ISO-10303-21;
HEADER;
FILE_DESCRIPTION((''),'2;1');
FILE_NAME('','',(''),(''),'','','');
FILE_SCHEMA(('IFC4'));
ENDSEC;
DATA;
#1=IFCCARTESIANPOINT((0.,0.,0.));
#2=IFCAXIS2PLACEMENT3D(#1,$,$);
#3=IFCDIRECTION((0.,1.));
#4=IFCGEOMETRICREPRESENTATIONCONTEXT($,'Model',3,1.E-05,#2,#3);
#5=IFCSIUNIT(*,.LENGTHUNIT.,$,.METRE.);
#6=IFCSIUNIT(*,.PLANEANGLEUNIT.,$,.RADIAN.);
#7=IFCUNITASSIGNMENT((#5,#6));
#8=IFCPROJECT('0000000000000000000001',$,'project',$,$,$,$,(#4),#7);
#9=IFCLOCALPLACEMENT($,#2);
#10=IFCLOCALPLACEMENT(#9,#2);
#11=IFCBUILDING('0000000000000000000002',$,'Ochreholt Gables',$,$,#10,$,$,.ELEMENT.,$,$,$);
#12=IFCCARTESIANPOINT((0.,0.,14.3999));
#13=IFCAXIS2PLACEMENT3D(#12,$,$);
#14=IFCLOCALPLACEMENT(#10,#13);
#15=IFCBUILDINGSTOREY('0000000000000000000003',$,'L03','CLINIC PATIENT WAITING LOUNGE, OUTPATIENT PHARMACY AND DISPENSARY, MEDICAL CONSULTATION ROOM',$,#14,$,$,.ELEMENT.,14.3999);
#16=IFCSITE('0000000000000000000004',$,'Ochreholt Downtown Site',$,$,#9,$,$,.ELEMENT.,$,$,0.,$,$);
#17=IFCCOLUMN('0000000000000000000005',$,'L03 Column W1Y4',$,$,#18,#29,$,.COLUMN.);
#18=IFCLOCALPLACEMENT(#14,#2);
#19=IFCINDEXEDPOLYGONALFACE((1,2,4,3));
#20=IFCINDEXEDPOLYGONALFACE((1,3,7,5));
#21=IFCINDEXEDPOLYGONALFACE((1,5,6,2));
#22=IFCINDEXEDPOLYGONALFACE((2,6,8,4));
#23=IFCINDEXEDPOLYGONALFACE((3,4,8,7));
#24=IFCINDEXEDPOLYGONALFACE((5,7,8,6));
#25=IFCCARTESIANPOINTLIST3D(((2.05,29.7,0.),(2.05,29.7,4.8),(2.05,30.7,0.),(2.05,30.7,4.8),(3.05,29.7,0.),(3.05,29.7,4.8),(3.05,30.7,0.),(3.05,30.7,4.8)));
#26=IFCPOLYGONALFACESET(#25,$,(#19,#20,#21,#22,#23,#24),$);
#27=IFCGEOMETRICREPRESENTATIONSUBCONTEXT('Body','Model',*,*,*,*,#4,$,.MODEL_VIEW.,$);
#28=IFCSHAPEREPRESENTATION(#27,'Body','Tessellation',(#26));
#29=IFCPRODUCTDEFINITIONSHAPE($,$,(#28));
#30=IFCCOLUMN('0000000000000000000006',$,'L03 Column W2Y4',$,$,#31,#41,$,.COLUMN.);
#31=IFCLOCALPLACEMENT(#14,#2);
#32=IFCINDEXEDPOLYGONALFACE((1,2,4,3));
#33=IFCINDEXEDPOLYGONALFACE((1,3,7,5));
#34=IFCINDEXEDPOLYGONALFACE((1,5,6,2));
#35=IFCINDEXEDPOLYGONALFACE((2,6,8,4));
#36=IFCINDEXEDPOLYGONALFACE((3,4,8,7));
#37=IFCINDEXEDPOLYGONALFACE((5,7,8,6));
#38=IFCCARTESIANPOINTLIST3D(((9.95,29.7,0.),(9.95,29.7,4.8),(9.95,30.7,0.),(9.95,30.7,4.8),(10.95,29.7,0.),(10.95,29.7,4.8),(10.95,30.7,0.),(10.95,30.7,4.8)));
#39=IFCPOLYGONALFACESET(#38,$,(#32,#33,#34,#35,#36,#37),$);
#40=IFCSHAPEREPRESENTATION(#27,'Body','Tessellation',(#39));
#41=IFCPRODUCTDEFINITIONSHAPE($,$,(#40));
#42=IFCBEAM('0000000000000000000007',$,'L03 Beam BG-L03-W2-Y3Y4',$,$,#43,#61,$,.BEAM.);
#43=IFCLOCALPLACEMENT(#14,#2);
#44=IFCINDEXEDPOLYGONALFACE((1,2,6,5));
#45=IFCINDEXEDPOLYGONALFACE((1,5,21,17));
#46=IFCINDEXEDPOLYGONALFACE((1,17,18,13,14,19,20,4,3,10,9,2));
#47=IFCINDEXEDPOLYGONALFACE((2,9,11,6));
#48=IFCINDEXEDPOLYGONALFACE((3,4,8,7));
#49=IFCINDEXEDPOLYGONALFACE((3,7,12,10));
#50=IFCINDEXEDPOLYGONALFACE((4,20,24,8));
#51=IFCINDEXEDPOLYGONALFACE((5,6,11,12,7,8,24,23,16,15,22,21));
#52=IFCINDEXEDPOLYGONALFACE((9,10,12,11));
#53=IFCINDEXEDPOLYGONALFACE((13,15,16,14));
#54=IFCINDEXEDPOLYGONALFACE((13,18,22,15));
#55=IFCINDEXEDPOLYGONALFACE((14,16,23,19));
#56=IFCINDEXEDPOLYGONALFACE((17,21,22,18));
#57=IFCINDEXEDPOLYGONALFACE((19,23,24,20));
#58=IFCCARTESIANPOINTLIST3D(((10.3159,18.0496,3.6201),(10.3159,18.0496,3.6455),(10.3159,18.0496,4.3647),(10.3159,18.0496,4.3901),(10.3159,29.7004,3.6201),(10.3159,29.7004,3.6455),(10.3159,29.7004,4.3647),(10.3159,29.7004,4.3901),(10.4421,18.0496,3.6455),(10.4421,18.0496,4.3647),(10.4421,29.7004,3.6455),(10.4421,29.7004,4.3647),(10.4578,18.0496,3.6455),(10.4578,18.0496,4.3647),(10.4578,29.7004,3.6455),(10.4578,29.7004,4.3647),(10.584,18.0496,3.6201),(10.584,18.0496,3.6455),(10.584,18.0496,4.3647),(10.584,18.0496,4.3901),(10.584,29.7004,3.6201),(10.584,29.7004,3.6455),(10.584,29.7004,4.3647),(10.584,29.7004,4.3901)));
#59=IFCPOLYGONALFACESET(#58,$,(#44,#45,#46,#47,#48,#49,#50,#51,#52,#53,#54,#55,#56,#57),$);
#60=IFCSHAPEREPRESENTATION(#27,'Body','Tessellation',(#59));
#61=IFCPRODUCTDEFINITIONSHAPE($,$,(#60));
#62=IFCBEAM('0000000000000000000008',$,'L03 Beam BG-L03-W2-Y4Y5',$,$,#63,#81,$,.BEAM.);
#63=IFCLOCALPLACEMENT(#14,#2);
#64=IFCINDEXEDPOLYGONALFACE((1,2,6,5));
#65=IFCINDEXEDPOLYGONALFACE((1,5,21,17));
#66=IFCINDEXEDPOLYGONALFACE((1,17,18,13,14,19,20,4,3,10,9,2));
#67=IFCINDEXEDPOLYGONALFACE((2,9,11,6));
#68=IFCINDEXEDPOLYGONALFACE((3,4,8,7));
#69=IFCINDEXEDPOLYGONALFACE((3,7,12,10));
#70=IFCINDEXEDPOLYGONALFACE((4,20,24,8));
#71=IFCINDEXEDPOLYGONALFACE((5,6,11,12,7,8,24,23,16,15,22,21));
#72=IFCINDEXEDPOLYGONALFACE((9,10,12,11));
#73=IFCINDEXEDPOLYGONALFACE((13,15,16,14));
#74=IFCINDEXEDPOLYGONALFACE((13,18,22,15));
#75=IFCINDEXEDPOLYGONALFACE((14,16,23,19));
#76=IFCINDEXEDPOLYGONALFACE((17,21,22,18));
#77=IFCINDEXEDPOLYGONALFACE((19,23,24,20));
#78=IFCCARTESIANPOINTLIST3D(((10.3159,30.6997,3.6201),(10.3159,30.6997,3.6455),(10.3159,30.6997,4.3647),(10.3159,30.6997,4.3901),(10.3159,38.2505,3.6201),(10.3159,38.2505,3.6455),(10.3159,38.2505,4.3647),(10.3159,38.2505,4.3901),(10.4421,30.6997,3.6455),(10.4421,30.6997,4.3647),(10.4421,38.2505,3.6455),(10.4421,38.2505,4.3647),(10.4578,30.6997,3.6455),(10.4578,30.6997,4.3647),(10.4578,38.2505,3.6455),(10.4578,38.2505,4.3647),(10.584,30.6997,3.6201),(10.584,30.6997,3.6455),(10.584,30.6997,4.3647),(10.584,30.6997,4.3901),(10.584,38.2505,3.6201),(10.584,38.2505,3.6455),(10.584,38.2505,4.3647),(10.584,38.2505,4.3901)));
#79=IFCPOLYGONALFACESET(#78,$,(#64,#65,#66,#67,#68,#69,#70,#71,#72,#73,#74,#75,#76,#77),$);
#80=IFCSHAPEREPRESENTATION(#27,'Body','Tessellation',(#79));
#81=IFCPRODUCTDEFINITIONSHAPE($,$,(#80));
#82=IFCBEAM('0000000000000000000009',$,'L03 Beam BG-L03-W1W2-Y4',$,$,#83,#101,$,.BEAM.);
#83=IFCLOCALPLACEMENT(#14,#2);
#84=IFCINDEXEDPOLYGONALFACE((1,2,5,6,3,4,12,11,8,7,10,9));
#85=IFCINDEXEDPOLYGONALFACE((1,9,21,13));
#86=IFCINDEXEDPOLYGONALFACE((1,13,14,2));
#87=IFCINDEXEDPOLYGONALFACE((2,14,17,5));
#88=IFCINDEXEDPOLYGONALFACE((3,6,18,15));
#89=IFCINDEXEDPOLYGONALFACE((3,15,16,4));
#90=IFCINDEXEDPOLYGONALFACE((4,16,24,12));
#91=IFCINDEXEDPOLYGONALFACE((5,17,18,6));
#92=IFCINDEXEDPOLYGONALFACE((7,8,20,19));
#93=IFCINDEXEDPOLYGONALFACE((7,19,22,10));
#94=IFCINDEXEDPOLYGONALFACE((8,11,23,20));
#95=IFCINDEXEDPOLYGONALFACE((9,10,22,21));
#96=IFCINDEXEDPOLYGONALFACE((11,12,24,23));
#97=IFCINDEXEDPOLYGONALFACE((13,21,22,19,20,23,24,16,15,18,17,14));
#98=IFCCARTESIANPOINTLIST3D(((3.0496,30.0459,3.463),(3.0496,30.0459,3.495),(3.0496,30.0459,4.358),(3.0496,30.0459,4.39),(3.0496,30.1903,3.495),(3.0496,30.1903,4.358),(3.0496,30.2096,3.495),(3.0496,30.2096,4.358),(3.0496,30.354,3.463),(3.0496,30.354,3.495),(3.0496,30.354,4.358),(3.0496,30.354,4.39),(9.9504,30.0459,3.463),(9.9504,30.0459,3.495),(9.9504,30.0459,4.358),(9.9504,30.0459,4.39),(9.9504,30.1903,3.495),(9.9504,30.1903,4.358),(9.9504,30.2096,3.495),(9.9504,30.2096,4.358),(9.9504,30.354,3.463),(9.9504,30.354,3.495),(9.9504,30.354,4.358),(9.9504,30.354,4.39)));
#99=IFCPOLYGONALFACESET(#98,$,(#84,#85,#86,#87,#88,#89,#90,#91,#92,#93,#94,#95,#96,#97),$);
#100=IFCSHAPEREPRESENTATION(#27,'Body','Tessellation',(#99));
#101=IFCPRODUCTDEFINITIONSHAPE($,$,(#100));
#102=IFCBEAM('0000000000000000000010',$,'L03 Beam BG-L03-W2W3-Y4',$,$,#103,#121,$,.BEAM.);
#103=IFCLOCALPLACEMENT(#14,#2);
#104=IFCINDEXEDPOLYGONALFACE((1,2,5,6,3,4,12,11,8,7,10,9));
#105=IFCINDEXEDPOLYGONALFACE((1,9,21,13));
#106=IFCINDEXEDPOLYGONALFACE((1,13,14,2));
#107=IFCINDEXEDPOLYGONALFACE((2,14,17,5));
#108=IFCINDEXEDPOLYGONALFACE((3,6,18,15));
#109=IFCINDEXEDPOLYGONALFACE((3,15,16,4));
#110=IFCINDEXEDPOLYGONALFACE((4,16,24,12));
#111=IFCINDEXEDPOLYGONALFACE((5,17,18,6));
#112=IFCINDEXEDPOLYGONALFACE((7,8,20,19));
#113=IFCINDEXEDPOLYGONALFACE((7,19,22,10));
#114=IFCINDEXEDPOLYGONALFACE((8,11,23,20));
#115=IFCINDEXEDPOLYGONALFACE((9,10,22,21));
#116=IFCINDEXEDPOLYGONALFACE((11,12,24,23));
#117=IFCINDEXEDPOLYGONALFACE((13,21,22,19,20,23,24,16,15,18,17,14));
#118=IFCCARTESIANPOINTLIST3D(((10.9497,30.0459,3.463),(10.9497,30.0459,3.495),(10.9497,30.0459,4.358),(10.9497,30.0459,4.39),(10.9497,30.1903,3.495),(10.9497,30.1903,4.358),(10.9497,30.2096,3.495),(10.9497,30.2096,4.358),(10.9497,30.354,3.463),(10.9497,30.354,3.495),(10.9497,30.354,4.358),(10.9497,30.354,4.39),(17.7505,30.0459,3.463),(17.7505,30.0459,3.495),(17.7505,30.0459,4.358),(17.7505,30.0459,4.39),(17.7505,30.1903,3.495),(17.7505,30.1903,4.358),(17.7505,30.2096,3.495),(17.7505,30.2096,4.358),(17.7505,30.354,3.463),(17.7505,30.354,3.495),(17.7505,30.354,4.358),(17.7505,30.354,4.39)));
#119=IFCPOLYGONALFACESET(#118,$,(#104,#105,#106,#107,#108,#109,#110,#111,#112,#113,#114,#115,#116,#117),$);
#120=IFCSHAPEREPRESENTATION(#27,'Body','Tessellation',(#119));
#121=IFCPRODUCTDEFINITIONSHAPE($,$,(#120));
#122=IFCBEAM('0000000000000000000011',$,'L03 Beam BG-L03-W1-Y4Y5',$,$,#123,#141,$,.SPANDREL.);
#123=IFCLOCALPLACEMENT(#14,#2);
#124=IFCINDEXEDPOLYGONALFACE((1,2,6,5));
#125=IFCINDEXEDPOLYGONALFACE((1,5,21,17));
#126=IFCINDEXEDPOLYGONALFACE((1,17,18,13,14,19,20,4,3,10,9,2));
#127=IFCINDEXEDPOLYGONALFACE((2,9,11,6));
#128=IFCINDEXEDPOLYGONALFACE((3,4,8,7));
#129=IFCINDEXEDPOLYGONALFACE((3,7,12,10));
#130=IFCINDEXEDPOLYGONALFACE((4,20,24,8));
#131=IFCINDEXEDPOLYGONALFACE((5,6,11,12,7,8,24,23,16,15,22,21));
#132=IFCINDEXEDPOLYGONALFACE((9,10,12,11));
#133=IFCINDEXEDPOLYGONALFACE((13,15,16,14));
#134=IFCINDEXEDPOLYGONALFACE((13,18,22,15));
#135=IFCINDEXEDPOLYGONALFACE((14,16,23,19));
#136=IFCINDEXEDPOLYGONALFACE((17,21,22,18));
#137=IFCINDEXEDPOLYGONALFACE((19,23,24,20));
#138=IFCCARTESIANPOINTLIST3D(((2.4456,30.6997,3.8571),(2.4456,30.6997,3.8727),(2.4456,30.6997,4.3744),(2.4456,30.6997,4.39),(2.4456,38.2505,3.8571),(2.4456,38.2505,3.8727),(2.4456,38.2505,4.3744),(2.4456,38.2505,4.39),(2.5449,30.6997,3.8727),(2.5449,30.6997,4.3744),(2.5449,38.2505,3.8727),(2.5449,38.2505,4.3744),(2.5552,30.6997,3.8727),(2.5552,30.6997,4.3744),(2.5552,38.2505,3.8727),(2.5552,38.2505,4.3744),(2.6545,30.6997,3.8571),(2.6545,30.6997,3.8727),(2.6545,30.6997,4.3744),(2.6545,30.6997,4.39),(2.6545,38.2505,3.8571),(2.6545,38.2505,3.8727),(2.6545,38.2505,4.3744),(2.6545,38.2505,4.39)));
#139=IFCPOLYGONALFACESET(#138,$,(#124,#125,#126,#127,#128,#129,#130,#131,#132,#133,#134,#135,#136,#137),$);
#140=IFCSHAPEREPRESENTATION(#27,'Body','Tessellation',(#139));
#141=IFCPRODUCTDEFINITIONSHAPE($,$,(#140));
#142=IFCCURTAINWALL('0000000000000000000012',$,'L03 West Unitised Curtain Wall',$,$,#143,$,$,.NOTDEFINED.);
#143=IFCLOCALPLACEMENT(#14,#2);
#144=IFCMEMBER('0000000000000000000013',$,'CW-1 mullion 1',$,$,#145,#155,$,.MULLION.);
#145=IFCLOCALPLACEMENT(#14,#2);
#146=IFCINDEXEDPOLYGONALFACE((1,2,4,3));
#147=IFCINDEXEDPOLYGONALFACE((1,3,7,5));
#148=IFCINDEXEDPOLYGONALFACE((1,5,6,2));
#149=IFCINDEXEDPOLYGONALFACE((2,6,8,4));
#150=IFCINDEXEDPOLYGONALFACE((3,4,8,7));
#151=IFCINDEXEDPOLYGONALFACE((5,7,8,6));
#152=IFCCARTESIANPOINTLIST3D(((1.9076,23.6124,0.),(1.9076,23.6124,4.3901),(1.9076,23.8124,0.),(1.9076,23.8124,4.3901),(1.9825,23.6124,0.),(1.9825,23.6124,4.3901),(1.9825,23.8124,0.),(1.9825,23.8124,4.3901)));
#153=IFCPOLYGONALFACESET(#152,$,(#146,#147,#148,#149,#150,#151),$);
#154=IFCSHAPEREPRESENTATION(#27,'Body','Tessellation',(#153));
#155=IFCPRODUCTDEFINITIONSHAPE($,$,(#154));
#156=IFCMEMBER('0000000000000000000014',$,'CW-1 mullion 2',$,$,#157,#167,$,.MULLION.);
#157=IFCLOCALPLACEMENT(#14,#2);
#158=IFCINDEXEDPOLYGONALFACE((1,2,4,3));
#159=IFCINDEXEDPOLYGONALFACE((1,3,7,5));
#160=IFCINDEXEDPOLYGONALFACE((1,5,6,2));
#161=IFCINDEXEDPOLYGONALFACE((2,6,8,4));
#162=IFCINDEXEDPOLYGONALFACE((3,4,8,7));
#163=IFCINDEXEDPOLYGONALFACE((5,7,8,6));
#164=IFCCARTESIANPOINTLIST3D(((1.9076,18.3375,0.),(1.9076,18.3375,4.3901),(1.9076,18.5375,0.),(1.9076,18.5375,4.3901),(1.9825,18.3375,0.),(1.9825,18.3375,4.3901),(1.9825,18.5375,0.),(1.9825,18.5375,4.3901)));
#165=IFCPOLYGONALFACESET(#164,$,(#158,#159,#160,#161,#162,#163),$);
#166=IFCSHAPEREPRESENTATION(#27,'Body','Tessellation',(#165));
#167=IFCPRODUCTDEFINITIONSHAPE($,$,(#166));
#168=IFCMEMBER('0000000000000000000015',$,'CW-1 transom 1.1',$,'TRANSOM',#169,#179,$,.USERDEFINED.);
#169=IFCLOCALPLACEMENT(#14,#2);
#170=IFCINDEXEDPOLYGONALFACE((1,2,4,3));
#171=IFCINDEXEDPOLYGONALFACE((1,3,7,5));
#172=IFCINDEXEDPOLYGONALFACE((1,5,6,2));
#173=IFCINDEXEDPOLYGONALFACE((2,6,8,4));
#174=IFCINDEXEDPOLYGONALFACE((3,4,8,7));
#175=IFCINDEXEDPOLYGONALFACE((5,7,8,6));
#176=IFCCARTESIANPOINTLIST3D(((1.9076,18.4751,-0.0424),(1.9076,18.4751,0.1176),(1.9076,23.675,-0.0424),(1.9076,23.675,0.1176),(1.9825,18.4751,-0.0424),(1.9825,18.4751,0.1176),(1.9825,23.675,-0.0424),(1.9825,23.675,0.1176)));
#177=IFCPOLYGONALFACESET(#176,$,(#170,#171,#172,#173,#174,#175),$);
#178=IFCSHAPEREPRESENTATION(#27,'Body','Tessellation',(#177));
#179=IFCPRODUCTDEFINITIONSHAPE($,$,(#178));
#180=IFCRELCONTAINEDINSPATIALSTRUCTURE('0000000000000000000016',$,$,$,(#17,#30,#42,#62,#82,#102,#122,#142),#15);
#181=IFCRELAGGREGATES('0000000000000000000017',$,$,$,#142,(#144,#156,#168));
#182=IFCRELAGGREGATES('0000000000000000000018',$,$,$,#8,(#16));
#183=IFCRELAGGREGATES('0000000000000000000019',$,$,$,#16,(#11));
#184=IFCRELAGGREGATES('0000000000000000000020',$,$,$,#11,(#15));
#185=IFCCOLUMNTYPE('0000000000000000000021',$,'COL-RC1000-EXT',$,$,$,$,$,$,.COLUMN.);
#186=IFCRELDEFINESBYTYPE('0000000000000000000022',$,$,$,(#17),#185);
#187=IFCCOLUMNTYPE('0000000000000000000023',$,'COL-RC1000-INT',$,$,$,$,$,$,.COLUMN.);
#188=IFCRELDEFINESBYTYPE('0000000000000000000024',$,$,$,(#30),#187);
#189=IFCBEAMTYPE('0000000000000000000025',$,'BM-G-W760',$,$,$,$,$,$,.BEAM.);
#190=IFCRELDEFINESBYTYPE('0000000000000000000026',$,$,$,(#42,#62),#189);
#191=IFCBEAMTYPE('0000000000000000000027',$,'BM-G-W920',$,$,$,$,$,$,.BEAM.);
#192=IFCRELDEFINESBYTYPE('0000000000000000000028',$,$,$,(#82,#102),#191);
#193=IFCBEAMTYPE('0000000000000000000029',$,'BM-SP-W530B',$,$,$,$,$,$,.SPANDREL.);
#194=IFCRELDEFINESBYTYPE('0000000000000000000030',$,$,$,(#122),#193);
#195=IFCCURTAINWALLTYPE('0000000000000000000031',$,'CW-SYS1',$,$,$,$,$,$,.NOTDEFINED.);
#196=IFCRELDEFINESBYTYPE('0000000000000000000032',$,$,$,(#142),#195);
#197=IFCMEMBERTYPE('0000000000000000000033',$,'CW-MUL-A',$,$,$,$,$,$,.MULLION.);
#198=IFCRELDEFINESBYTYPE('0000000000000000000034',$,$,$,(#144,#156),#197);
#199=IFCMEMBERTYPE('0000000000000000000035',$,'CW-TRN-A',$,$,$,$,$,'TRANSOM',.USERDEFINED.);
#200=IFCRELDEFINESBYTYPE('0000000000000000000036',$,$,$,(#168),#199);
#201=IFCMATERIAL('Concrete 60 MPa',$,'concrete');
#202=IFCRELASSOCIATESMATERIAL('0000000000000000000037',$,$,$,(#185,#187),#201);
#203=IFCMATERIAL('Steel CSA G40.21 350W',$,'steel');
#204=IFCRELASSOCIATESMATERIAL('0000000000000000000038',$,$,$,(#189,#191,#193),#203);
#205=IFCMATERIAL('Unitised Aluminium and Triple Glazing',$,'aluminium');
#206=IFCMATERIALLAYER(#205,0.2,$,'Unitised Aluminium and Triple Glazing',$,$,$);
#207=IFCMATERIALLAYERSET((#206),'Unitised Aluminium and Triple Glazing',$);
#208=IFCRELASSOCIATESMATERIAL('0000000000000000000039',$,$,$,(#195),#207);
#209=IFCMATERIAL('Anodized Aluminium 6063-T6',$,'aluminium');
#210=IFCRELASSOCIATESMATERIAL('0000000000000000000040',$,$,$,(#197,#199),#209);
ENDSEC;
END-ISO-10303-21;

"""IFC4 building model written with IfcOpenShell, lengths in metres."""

from ifc_helpers import new_model, si_unit, direction, frame, origin, origin_2d, place, context, subcontext, project, spatial, rectangle, i_section, extrude, material, layer, layer_set, material_profile, profile_set, type_object, element, aggregate, save


model = new_model("IFC4")

# Units and contexts
model_context = context("Model", 3, precision=1e-05, world=origin(), true_north=direction((0.0, 1.0)))
body_context = subcontext(model_context, "Body", "Model", "MODEL_VIEW")
ifc_project = project(units=[si_unit("LENGTHUNIT", "METRE"), si_unit("PLANEANGLEUNIT", "RADIAN")], contexts=[model_context])

# Site, building, storey
site_placement = place(None, origin())
site = spatial("IfcSite", under=ifc_project, at=site_placement, Name="Ochreholt Downtown Site", CompositionType="ELEMENT", RefElevation=0.0)
building_placement = place(site_placement, origin())
building = spatial("IfcBuilding", under=site, at=building_placement, Name="Ochreholt Gables", CompositionType="ELEMENT")
storey_placement = place(building_placement, frame((0.0, 0.0, 14.3999)))
storey = spatial("IfcBuildingStorey", under=building, at=storey_placement, Name="L03", Description="CLINIC PATIENT WAITING LOUNGE, OUTPATIENT PHARMACY AND DISPENSARY, MEDICAL CONSULTATION ROOM", CompositionType="ELEMENT", Elevation=14.3999)

# Columns
ifc_material_1 = material(Name="Concrete 60 MPa", Category="concrete")
ifc_material_profile_1 = material_profile(ifc_material_1, rectangle(XDim=1.0, YDim=1.0, at=origin_2d()), Name="RC1000X1000")
ifc_profile_set_1 = profile_set([ifc_material_profile_1], Name="Concrete 60 MPa")
column_type_1 = type_object("IfcColumnType", Name="COL-RC1000-EXT", PredefinedType="COLUMN", material=ifc_profile_set_1)
column_1_placement = place(storey_placement, frame((2.55, 30.2, 0.0), z_axis=(0.0, 0.0, 1.0), x_axis=(1.0, 0.0, 0.0)))
element("IfcColumn", 1, at=column_1_placement, inside=storey, type_object=column_type_1, Name="L03 Column W1Y4", PredefinedType="COLUMN", context=body_context, shape_type="SweptSolid", body=[
    extrude(rectangle(XDim=1.0, YDim=1.0, at=origin_2d()), origin(), (0.0, 0.0, 1.0), 4.8),
])
ifc_material_profile_2 = material_profile(ifc_material_1, rectangle(XDim=1.0, YDim=1.0, at=origin_2d()), Name="RC1000X1000")
ifc_profile_set_2 = profile_set([ifc_material_profile_2], Name="Concrete 60 MPa")
column_type_2 = type_object("IfcColumnType", Name="COL-RC1000-INT", PredefinedType="COLUMN", material=ifc_profile_set_2)
column_2_placement = place(storey_placement, frame((10.45, 30.2, 0.0), z_axis=(0.0, 0.0, 1.0), x_axis=(1.0, 0.0, 0.0)))
element("IfcColumn", 2, at=column_2_placement, inside=storey, type_object=column_type_2, Name="L03 Column W2Y4", PredefinedType="COLUMN", context=body_context, shape_type="SweptSolid", body=[
    extrude(rectangle(XDim=1.0, YDim=1.0, at=origin_2d()), origin(), (0.0, 0.0, 1.0), 4.8),
])

# Beams
ifc_material_2 = material(Name="Steel CSA G40.21 350W", Category="steel")
ifc_material_profile_3 = material_profile(ifc_material_2, i_section(OverallWidth=0.2681, OverallDepth=0.77, WebThickness=0.0156, FlangeThickness=0.0254, at=origin_2d()), Name="W760X196")
ifc_profile_set_3 = profile_set([ifc_material_profile_3], Name="Steel CSA G40.21 350W")
beam_type_1 = type_object("IfcBeamType", Name="BM-G-W760", PredefinedType="BEAM", material=ifc_profile_set_3)
beam_1_placement = place(storey_placement, frame((10.45, 18.0496, 4.0051), z_axis=(0.0, 1.0, 0.0), x_axis=(-1.0, 0.0, 0.0)))
element("IfcBeam", 3, at=beam_1_placement, inside=storey, type_object=beam_type_1, Name="L03 Beam BG-L03-W2-Y3Y4", PredefinedType="BEAM", context=body_context, shape_type="SweptSolid", body=[
    extrude(i_section(OverallWidth=0.2681, OverallDepth=0.77, WebThickness=0.0156, FlangeThickness=0.0254, at=origin_2d()), origin(), (0.0, 0.0, 1.0), 11.6509),
])
beam_2_placement = place(storey_placement, frame((10.45, 30.6997, 4.0051), z_axis=(0.0, 1.0, 0.0), x_axis=(-1.0, 0.0, 0.0)))
element("IfcBeam", 4, at=beam_2_placement, inside=storey, type_object=beam_type_1, Name="L03 Beam BG-L03-W2-Y4Y5", PredefinedType="BEAM", context=body_context, shape_type="SweptSolid", body=[
    extrude(i_section(OverallWidth=0.2681, OverallDepth=0.77, WebThickness=0.0156, FlangeThickness=0.0254, at=origin_2d()), origin(), (0.0, 0.0, 1.0), 7.5508),
])
ifc_material_profile_4 = material_profile(ifc_material_2, i_section(OverallWidth=0.3081, OverallDepth=0.927, WebThickness=0.0193, FlangeThickness=0.032, at=origin_2d()), Name="W920X289")
ifc_profile_set_4 = profile_set([ifc_material_profile_4], Name="Steel CSA G40.21 350W")
beam_type_2 = type_object("IfcBeamType", Name="BM-G-W920", PredefinedType="BEAM", material=ifc_profile_set_4)
beam_3_placement = place(storey_placement, frame((3.0496, 30.2, 3.9265), z_axis=(1.0, 0.0, 0.0), x_axis=(0.0, 1.0, 0.0)))
element("IfcBeam", 5, at=beam_3_placement, inside=storey, type_object=beam_type_2, Name="L03 Beam BG-L03-W1W2-Y4", PredefinedType="BEAM", context=body_context, shape_type="SweptSolid", body=[
    extrude(i_section(OverallWidth=0.3081, OverallDepth=0.927, WebThickness=0.0193, FlangeThickness=0.032, at=origin_2d()), origin(), (0.0, 0.0, 1.0), 6.9009),
])
beam_4_placement = place(storey_placement, frame((10.9497, 30.2, 3.9265), z_axis=(1.0, 0.0, 0.0), x_axis=(0.0, 1.0, 0.0)))
element("IfcBeam", 6, at=beam_4_placement, inside=storey, type_object=beam_type_2, Name="L03 Beam BG-L03-W2W3-Y4", PredefinedType="BEAM", context=body_context, shape_type="SweptSolid", body=[
    extrude(i_section(OverallWidth=0.3081, OverallDepth=0.927, WebThickness=0.0193, FlangeThickness=0.032, at=origin_2d()), origin(), (0.0, 0.0, 1.0), 6.8008),
])
ifc_material_profile_5 = material_profile(ifc_material_2, i_section(OverallWidth=0.209, OverallDepth=0.533, WebThickness=0.0103, FlangeThickness=0.0156, at=origin_2d()), Name="W530X92")
ifc_profile_set_5 = profile_set([ifc_material_profile_5], Name="Steel CSA G40.21 350W")
beam_type_3 = type_object("IfcBeamType", Name="BM-SP-W530B", PredefinedType="SPANDREL", material=ifc_profile_set_5)
beam_5_placement = place(storey_placement, frame((2.55, 30.6997, 4.1235), z_axis=(0.0, 1.0, 0.0), x_axis=(-1.0, 0.0, 0.0)))
element("IfcBeam", 7, at=beam_5_placement, inside=storey, type_object=beam_type_3, Name="L03 Beam BG-L03-W1-Y4Y5", PredefinedType="SPANDREL", context=body_context, shape_type="SweptSolid", body=[
    extrude(i_section(OverallWidth=0.209, OverallDepth=0.533, WebThickness=0.0103, FlangeThickness=0.0156, at=origin_2d()), origin(), (0.0, 0.0, 1.0), 7.5508),
])

# Curtain wall, members
ifc_material_3 = material(Name="Unitised Aluminium and Triple Glazing", Category="aluminium")
ifc_layer_1 = layer(ifc_material_3, 0.2, Name="Unitised Aluminium and Triple Glazing")
ifc_layer_set_1 = layer_set([ifc_layer_1], Name="Unitised Aluminium and Triple Glazing")
curtain_wall_type = type_object("IfcCurtainWallType", Name="CW-SYS1", PredefinedType="NOTDEFINED", material=ifc_layer_set_1)
curtain_wall_placement = place(storey_placement, origin())
curtain_wall = element("IfcCurtainWall", 8, at=curtain_wall_placement, inside=storey, type_object=curtain_wall_type, Name="L03 West Unitised Curtain Wall", PredefinedType="NOTDEFINED")
ifc_material_4 = material(Name="Anodized Aluminium 6063-T6", Category="aluminium")
ifc_material_profile_6 = material_profile(ifc_material_4, rectangle(XDim=0.075, YDim=0.2, at=origin_2d()), Name="CWM75X200")
ifc_profile_set_6 = profile_set([ifc_material_profile_6], Name="Anodized Aluminium 6063-T6")
member_type_1 = type_object("IfcMemberType", Name="CW-MUL-A", PredefinedType="MULLION", material=ifc_profile_set_6)
member_1_placement = place(storey_placement, frame((1.9451, 23.7124, 0.0), z_axis=(0.0, 0.0, 1.0), x_axis=(1.0, 0.0, 0.0)))
member_1 = element("IfcMember", 9, at=member_1_placement, type_object=member_type_1, Name="CW-1 mullion 1", PredefinedType="MULLION", context=body_context, shape_type="SweptSolid", body=[
    extrude(rectangle(XDim=0.075, YDim=0.2, at=origin_2d()), origin(), (0.0, 0.0, 1.0), 4.3901),
])
member_2_placement = place(storey_placement, frame((1.9451, 18.4375, 0.0), z_axis=(0.0, 0.0, 1.0), x_axis=(1.0, 0.0, 0.0)))
member_2 = element("IfcMember", 10, at=member_2_placement, type_object=member_type_1, Name="CW-1 mullion 2", PredefinedType="MULLION", context=body_context, shape_type="SweptSolid", body=[
    extrude(rectangle(XDim=0.075, YDim=0.2, at=origin_2d()), origin(), (0.0, 0.0, 1.0), 4.3901),
])
ifc_material_profile_7 = material_profile(ifc_material_4, rectangle(XDim=0.075, YDim=0.1599, at=origin_2d()), Name="CWT75X160")
ifc_profile_set_7 = profile_set([ifc_material_profile_7], Name="Anodized Aluminium 6063-T6")
member_type_2 = type_object("IfcMemberType", Name="CW-TRN-A", ElementType="TRANSOM", PredefinedType="USERDEFINED", material=ifc_profile_set_7)
member_3_placement = place(storey_placement, frame((1.9451, 23.675, 0.0376), z_axis=(0.0, -1.0, 0.0), x_axis=(1.0, 0.0, 0.0)))
member_3 = element("IfcMember", 11, at=member_3_placement, type_object=member_type_2, Name="CW-1 transom 1.1", ObjectType="TRANSOM", PredefinedType="USERDEFINED", context=body_context, shape_type="SweptSolid", body=[
    extrude(rectangle(XDim=0.075, YDim=0.1599, at=origin_2d()), origin(), (0.0, 0.0, 1.0), 5.2),
])
aggregate(curtain_wall, [member_1, member_2, member_3])

save(model, "model.ifc")
